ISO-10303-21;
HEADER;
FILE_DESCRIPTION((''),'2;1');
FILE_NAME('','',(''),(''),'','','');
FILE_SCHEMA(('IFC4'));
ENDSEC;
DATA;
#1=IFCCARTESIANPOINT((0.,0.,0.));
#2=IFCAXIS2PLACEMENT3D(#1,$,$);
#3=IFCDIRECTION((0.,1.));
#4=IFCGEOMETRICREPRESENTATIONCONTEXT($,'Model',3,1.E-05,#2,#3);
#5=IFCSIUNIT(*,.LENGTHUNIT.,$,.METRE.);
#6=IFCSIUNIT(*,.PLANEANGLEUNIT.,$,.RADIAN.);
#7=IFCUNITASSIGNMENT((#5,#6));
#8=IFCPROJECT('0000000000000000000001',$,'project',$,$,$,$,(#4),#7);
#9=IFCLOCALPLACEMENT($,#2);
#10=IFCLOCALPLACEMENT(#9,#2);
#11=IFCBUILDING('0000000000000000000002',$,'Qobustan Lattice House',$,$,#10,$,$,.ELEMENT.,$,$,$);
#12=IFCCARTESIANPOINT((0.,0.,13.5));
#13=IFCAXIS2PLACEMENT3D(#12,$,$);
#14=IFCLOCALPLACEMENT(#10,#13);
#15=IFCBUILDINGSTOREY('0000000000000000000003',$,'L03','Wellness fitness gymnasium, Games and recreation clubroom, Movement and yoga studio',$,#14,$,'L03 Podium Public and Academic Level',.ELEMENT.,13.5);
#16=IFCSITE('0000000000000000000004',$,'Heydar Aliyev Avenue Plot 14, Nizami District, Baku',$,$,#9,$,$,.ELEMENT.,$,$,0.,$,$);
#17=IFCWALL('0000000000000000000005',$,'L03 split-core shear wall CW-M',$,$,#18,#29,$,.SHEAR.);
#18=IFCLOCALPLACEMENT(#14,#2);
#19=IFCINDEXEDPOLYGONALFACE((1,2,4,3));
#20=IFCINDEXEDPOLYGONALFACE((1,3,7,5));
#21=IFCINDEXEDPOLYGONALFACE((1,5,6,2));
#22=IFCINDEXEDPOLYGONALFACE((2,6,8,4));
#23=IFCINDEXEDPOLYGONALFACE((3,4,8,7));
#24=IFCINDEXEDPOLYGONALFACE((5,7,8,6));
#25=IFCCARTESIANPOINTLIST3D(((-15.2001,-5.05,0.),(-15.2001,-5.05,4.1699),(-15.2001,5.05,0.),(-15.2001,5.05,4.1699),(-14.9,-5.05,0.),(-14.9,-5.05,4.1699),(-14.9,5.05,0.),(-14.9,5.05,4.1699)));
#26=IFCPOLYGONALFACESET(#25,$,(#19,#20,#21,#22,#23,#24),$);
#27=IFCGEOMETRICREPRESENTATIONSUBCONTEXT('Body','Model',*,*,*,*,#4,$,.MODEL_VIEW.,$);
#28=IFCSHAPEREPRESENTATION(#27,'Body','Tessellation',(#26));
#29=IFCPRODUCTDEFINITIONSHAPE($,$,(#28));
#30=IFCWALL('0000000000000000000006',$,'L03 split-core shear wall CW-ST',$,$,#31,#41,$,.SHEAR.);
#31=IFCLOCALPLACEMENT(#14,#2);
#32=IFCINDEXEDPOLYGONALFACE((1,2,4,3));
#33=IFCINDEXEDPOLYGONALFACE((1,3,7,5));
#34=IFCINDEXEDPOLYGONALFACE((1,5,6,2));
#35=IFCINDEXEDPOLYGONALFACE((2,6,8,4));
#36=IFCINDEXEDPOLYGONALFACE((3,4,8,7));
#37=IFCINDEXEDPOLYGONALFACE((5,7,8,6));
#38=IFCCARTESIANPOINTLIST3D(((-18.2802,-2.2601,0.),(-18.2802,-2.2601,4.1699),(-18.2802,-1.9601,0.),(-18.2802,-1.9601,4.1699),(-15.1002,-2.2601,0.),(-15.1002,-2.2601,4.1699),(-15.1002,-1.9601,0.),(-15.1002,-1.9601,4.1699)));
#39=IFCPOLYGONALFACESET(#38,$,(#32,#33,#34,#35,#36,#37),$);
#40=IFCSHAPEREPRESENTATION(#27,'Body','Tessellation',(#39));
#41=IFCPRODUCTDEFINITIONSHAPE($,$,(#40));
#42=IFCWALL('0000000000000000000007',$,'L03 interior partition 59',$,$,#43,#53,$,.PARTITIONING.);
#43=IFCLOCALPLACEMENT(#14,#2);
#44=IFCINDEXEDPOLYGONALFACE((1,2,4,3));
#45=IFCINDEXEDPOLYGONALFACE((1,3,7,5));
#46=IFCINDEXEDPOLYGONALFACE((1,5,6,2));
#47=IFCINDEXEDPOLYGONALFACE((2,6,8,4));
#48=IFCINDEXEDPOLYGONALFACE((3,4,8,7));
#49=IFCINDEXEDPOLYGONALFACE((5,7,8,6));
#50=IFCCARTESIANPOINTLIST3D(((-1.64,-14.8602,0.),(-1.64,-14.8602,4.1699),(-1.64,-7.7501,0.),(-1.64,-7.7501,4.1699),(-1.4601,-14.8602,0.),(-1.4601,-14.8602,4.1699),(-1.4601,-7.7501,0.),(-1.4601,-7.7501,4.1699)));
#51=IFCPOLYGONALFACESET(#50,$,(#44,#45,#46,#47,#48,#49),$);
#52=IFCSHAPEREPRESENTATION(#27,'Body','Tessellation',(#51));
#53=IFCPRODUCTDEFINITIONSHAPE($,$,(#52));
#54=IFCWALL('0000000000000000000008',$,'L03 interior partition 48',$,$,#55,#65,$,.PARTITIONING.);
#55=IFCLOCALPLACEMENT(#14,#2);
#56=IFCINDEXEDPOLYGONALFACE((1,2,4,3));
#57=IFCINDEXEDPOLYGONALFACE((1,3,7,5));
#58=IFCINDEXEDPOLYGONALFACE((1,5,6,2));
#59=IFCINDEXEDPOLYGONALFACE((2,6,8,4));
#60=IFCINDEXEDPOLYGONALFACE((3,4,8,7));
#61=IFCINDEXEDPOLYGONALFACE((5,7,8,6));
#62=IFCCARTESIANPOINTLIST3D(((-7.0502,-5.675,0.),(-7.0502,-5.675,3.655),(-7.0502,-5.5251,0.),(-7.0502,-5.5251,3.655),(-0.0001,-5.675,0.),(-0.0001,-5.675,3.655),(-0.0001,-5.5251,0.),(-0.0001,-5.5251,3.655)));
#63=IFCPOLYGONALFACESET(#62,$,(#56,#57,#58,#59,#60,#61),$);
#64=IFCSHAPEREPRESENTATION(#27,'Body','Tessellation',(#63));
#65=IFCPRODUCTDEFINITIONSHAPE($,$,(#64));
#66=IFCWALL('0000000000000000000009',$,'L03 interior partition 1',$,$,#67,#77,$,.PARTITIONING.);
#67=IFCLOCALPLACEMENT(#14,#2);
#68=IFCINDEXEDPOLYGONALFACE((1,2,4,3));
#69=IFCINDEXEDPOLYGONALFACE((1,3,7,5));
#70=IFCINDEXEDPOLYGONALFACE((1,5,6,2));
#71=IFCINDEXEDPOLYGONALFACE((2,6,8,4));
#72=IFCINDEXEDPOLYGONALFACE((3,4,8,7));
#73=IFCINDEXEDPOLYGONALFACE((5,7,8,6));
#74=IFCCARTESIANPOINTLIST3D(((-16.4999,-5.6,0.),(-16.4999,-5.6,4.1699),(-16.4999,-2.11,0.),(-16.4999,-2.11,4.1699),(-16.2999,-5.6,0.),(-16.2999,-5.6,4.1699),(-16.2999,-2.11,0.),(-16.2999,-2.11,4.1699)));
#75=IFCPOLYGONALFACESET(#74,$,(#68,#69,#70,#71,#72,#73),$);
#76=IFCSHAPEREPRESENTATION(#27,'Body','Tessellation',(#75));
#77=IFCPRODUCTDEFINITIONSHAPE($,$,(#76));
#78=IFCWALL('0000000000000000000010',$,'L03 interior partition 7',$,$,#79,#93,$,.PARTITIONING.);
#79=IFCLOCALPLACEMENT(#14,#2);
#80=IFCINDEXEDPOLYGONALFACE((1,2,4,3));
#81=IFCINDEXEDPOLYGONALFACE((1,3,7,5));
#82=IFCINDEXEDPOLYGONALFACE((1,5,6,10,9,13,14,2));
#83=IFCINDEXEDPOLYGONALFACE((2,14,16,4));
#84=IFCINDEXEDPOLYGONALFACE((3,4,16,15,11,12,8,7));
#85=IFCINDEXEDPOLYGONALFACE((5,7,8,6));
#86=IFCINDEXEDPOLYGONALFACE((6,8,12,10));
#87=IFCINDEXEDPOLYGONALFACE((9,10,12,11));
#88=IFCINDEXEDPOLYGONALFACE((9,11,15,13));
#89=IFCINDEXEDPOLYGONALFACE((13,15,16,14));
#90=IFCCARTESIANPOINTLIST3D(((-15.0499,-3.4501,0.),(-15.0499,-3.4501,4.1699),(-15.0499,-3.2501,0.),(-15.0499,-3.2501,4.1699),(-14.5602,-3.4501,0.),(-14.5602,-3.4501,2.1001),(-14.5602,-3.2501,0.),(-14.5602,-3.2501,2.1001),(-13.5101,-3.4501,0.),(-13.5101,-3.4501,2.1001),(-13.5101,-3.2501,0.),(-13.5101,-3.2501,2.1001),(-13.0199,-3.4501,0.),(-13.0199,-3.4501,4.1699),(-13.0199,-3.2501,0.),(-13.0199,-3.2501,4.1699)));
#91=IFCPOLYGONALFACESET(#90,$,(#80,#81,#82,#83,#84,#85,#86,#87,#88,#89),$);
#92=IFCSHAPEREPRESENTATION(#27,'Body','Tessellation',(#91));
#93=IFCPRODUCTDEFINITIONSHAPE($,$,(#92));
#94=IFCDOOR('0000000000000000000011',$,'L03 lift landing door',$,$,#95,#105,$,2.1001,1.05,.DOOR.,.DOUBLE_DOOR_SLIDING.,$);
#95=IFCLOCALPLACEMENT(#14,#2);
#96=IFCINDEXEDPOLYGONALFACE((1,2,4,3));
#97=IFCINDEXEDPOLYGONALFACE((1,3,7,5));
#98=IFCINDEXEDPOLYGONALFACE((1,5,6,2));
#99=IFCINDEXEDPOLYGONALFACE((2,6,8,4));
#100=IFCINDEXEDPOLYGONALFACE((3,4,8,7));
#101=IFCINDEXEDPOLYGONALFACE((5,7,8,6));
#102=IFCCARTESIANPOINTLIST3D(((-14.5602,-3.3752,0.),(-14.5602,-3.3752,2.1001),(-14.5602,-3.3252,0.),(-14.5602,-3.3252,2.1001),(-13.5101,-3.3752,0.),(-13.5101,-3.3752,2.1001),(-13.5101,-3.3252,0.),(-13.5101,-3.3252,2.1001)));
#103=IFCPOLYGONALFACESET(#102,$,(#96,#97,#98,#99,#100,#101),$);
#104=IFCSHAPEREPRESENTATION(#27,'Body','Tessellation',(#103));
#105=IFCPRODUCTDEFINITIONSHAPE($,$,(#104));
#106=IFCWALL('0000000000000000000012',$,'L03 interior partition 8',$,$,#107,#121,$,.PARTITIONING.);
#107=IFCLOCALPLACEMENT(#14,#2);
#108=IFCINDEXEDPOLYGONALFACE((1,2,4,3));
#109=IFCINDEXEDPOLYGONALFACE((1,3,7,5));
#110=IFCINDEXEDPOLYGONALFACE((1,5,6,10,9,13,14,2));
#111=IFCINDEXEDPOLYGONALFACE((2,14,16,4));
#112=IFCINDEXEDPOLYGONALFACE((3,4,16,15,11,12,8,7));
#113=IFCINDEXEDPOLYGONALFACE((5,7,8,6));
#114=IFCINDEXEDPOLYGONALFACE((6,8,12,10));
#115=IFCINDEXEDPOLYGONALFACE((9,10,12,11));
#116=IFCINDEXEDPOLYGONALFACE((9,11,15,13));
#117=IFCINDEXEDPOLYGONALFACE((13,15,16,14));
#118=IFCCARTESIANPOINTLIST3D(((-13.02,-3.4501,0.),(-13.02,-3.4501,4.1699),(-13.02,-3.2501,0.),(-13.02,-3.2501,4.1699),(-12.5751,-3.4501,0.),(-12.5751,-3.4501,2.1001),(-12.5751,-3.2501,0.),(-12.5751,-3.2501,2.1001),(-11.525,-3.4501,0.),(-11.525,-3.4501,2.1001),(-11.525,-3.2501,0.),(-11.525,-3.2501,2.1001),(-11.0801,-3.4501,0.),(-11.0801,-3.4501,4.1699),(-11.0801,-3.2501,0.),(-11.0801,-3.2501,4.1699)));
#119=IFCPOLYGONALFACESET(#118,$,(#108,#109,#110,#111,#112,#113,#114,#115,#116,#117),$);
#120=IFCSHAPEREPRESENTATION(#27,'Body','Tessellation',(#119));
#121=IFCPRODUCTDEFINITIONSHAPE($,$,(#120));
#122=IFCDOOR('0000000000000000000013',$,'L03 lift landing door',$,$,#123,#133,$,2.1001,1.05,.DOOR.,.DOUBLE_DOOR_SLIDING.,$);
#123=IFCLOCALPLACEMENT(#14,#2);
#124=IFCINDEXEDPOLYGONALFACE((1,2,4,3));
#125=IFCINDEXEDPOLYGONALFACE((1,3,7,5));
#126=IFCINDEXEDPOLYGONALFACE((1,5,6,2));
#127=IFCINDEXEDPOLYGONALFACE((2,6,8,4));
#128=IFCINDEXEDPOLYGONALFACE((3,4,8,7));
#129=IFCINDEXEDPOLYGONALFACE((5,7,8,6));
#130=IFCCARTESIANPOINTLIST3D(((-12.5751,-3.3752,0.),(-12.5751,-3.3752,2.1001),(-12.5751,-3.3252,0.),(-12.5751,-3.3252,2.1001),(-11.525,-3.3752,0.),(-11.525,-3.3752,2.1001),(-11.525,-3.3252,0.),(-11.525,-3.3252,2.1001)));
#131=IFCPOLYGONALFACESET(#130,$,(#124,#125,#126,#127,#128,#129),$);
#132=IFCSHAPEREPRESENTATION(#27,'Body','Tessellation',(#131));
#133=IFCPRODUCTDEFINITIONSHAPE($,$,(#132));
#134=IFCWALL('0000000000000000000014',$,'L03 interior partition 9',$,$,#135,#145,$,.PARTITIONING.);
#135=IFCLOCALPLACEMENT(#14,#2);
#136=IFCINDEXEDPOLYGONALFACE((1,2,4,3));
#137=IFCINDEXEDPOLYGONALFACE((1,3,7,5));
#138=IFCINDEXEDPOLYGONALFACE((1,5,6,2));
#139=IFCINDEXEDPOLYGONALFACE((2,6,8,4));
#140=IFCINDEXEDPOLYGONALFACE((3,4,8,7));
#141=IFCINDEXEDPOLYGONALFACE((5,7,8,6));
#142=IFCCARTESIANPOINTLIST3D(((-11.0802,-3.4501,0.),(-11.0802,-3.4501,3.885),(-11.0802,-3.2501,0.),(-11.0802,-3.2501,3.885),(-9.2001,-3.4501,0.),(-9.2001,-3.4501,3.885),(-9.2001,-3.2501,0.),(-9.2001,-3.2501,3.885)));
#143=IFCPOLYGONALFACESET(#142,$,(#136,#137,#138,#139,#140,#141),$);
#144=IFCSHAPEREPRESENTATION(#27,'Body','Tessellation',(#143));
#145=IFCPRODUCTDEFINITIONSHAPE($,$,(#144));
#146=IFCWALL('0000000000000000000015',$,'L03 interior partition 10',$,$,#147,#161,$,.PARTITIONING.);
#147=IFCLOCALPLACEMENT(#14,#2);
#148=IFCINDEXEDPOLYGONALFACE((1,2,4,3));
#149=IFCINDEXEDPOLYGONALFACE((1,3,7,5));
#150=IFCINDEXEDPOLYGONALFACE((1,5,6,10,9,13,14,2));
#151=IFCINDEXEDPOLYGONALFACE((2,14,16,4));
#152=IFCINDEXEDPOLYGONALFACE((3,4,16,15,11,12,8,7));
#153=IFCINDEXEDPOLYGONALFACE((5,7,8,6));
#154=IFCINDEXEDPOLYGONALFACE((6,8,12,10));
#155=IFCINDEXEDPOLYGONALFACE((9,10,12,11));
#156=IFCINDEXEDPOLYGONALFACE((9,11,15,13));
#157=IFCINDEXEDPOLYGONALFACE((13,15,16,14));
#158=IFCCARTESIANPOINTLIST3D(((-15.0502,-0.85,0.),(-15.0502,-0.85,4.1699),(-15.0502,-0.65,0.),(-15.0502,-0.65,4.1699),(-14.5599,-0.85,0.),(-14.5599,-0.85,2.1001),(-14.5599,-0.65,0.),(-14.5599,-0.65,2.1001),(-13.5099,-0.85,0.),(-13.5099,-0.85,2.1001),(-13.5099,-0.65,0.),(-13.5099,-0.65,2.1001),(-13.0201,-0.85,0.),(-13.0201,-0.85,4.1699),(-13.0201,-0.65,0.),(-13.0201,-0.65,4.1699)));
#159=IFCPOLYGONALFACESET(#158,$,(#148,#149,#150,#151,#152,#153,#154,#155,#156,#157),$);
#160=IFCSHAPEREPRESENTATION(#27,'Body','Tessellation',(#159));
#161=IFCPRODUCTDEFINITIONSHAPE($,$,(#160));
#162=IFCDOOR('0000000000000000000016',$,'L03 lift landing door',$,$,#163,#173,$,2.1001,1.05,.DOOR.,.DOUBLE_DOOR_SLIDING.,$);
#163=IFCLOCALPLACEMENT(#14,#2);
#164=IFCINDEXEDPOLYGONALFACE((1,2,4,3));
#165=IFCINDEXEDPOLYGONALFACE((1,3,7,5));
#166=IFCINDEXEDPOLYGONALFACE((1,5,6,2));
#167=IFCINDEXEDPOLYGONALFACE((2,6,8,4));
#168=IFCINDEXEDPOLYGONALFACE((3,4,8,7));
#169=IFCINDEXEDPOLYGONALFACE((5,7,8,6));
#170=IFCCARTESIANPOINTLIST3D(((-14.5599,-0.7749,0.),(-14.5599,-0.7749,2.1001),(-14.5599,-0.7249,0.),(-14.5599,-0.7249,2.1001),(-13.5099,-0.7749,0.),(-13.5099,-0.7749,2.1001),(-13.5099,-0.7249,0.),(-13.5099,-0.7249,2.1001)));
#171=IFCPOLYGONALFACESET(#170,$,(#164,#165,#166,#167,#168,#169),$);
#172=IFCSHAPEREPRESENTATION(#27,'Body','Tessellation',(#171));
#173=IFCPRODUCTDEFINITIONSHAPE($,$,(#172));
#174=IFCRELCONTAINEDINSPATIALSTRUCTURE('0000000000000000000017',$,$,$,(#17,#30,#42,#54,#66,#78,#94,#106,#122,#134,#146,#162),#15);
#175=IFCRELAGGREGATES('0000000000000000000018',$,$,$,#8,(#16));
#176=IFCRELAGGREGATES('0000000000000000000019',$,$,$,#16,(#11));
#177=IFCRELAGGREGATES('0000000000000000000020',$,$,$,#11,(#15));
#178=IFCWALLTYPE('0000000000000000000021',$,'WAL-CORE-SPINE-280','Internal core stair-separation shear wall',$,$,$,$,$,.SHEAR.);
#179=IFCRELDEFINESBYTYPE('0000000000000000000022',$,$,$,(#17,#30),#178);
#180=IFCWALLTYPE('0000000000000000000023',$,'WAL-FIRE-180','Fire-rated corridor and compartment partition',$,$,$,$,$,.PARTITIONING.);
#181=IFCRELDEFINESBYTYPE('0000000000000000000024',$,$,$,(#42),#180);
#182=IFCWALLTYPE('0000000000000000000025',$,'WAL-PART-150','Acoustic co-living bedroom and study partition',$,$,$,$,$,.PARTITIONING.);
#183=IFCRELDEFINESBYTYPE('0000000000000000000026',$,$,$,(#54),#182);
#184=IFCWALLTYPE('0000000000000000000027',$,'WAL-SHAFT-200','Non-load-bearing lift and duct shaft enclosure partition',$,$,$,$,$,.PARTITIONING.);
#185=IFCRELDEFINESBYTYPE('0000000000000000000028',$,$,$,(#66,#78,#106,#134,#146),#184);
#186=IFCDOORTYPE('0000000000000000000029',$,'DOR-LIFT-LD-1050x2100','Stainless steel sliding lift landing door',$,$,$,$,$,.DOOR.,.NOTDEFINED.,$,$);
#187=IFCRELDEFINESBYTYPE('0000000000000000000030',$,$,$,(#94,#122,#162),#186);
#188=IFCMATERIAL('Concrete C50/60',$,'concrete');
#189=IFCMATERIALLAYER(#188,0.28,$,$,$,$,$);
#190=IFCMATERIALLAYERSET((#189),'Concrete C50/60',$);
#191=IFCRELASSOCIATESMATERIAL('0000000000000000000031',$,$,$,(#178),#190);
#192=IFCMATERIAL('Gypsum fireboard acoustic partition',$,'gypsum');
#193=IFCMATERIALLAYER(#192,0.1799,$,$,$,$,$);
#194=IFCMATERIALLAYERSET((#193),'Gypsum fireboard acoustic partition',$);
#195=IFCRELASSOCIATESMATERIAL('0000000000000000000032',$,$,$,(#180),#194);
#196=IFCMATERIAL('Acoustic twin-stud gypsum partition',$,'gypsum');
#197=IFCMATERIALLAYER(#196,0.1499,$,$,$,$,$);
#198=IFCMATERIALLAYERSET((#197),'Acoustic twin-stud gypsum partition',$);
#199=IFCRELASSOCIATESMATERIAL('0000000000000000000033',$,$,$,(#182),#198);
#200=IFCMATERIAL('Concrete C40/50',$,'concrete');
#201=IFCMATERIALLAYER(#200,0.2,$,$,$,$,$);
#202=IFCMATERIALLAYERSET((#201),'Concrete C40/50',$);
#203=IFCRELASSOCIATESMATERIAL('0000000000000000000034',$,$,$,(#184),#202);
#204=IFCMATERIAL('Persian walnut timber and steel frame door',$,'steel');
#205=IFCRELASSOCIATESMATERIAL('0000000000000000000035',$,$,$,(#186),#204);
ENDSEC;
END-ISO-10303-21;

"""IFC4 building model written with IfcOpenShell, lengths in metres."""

from ifc_helpers import new_model, si_unit, direction, frame, frame_2d, origin, place, context, subcontext, project, spatial, rectangle, extrude, material, layer, layer_set, type_object, element, fill, save


model = new_model("IFC4")

# Units and contexts
model_context = context("Model", 3, precision=1e-05, world=origin(), true_north=direction((0.0, 1.0)))
body_context = subcontext(model_context, "Body", "Model", "MODEL_VIEW")
ifc_project = project(units=[si_unit("LENGTHUNIT", "METRE"), si_unit("PLANEANGLEUNIT", "RADIAN")], contexts=[model_context])

# Site, building, storey
site_placement = place(None, origin())
site = spatial("IfcSite", under=ifc_project, at=site_placement, Name="Heydar Aliyev Avenue Plot 14, Nizami District, Baku", CompositionType="ELEMENT", RefElevation=0.0)
building_placement = place(site_placement, origin())
building = spatial("IfcBuilding", under=site, at=building_placement, Name="Qobustan Lattice House", CompositionType="ELEMENT")
storey_placement = place(building_placement, frame((0.0, 0.0, 13.5)))
storey = spatial("IfcBuildingStorey", under=building, at=storey_placement, Name="L03", Description="Wellness fitness gymnasium, Games and recreation clubroom, Movement and yoga studio", LongName="L03 Podium Public and Academic Level", CompositionType="ELEMENT", Elevation=13.5)

# Walls
ifc_material_1 = material(Name="Concrete C50/60", Category="concrete")
ifc_layer_1 = layer(ifc_material_1, 0.28)
ifc_layer_set_1 = layer_set([ifc_layer_1], Name="Concrete C50/60")
wall_type_1 = type_object("IfcWallType", Name="WAL-CORE-SPINE-280", Description="Internal core stair-separation shear wall", PredefinedType="SHEAR", material=ifc_layer_set_1)
wall_1_placement = place(storey_placement, frame((-15.05, -5.05, 0.0), z_axis=(0.0, 0.0, 1.0), x_axis=(0.0, 1.0, 0.0)))
element("IfcWall", 1, at=wall_1_placement, inside=storey, type_object=wall_type_1, Name="L03 split-core shear wall CW-M", PredefinedType="SHEAR", context=body_context, shape_type="SweptSolid", body=[
    extrude(rectangle(XDim=10.1001, YDim=0.3, at=frame_2d((5.05, 0.0))), origin(), (0.0, 0.0, 1.0), 4.1699),
])
wall_2_placement = place(storey_placement, frame((-18.28, -2.1101, 0.0), z_axis=(0.0, 0.0, 1.0), x_axis=(1.0, 0.0, 0.0)))
element("IfcWall", 2, at=wall_2_placement, inside=storey, type_object=wall_type_1, Name="L03 split-core shear wall CW-ST", PredefinedType="SHEAR", context=body_context, shape_type="SweptSolid", body=[
    extrude(rectangle(XDim=3.1799, YDim=0.3, at=frame_2d((1.5898, 0.0))), origin(), (0.0, 0.0, 1.0), 4.1699),
])
ifc_material_2 = material(Name="Gypsum fireboard acoustic partition", Category="gypsum")
ifc_layer_2 = layer(ifc_material_2, 0.1799)
ifc_layer_set_2 = layer_set([ifc_layer_2], Name="Gypsum fireboard acoustic partition")
wall_type_2 = type_object("IfcWallType", Name="WAL-FIRE-180", Description="Fire-rated corridor and compartment partition", PredefinedType="PARTITIONING", material=ifc_layer_set_2)
wall_3_placement = place(storey_placement, frame((-1.55, -7.75, 0.0), z_axis=(0.0, 0.0, 1.0), x_axis=(0.0, -1.0, 0.0)))
element("IfcWall", 3, at=wall_3_placement, inside=storey, type_object=wall_type_2, Name="L03 interior partition 59", PredefinedType="PARTITIONING", context=body_context, shape_type="SweptSolid", body=[
    extrude(rectangle(XDim=7.1101, YDim=0.1799, at=frame_2d((3.5552, 0.0))), origin(), (0.0, 0.0, 1.0), 4.1699),
])
ifc_material_3 = material(Name="Acoustic twin-stud gypsum partition", Category="gypsum")
ifc_layer_3 = layer(ifc_material_3, 0.1499)
ifc_layer_set_3 = layer_set([ifc_layer_3], Name="Acoustic twin-stud gypsum partition")
wall_type_3 = type_object("IfcWallType", Name="WAL-PART-150", Description="Acoustic co-living bedroom and study partition", PredefinedType="PARTITIONING", material=ifc_layer_set_3)
wall_4_placement = place(storey_placement, frame((-7.05, -5.6001, 0.0), z_axis=(0.0, 0.0, 1.0), x_axis=(1.0, 0.0, 0.0)))
element("IfcWall", 4, at=wall_4_placement, inside=storey, type_object=wall_type_3, Name="L03 interior partition 48", PredefinedType="PARTITIONING", context=body_context, shape_type="SweptSolid", body=[
    extrude(rectangle(XDim=7.05, YDim=0.1499, at=frame_2d((3.5249, 0.0))), origin(), (0.0, 0.0, 1.0), 3.655),
])
ifc_material_4 = material(Name="Concrete C40/50", Category="concrete")
ifc_layer_4 = layer(ifc_material_4, 0.2)
ifc_layer_set_4 = layer_set([ifc_layer_4], Name="Concrete C40/50")
wall_type_4 = type_object("IfcWallType", Name="WAL-SHAFT-200", Description="Non-load-bearing lift and duct shaft enclosure partition", PredefinedType="PARTITIONING", material=ifc_layer_set_4)
wall_5_placement = place(storey_placement, frame((-16.3999, -5.6001, 0.0), z_axis=(0.0, 0.0, 1.0), x_axis=(0.0, 1.0, 0.0)))
element("IfcWall", 5, at=wall_5_placement, inside=storey, type_object=wall_type_4, Name="L03 interior partition 1", PredefinedType="PARTITIONING", context=body_context, shape_type="SweptSolid", body=[
    extrude(rectangle(XDim=3.49, YDim=0.2, at=frame_2d((1.7451, 0.0))), origin(), (0.0, 0.0, 1.0), 4.1699),
])

# Walls, openings, doors
wall_6_placement = place(storey_placement, frame((-15.05, -3.3501, 0.0), z_axis=(0.0, 0.0, 1.0), x_axis=(1.0, 0.0, 0.0)))
wall_6 = element("IfcWall", 6, at=wall_6_placement, inside=storey, type_object=wall_type_4, Name="L03 interior partition 7", PredefinedType="PARTITIONING", context=body_context, shape_type="SweptSolid", body=[
    extrude(rectangle(XDim=2.03, YDim=0.2, at=frame_2d((1.0151, 0.0))), origin(), (0.0, 0.0, 1.0), 4.1699),
])
opening_1_placement = place(wall_6_placement, frame((0.49, 0.0, 0.0)))
opening_1 = element("IfcOpeningElement", 7, at=opening_1_placement, cuts=wall_6, PredefinedType="OPENING", context=body_context, shape_type="SweptSolid", body=[
    extrude(rectangle(XDim=1.05, YDim=2.1001, at=frame_2d((0.5249, 1.05))), frame((0.0, 0.1099, 0.0), z_axis=(0.0, -1.0, 0.0), x_axis=(1.0, 0.0, 0.0)), (0.0, 0.0, 1.0), 0.22),
])
ifc_material_5 = material(Name="Persian walnut timber and steel frame door", Category="steel")
door_type_1 = type_object("IfcDoorType", Name="DOR-LIFT-LD-1050x2100", Description="Stainless steel sliding lift landing door", OperationType="NOTDEFINED", PredefinedType="DOOR", material=ifc_material_5)
door_1_placement = place(opening_1_placement, origin())
door_1 = element("IfcDoor", 8, at=door_1_placement, inside=storey, type_object=door_type_1, Name="L03 lift landing door", OperationType="DOUBLE_DOOR_SLIDING", OverallHeight=2.1001, OverallWidth=1.05, PredefinedType="DOOR", context=body_context, shape_type="SweptSolid", body=[
    extrude(rectangle(XDim=1.05, YDim=2.1001, at=frame_2d((0.5249, 1.05))), frame((0.0, 0.0249, 0.0), z_axis=(0.0, -1.0, 0.0), x_axis=(1.0, 0.0, 0.0)), (0.0, 0.0, 1.0), 0.05),
])
fill(opening_1, door_1)
wall_7_placement = place(storey_placement, frame((-13.02, -3.3501, 0.0), z_axis=(0.0, 0.0, 1.0), x_axis=(1.0, 0.0, 0.0)))
wall_7 = element("IfcWall", 9, at=wall_7_placement, inside=storey, type_object=wall_type_4, Name="L03 interior partition 8", PredefinedType="PARTITIONING", context=body_context, shape_type="SweptSolid", body=[
    extrude(rectangle(XDim=1.9399, YDim=0.2, at=frame_2d((0.97, 0.0))), origin(), (0.0, 0.0, 1.0), 4.1699),
])
opening_2_placement = place(wall_7_placement, frame((0.4451, 0.0, 0.0)))
opening_2 = element("IfcOpeningElement", 10, at=opening_2_placement, cuts=wall_7, PredefinedType="OPENING", context=body_context, shape_type="SweptSolid", body=[
    extrude(rectangle(XDim=1.05, YDim=2.1001, at=frame_2d((0.5249, 1.05))), frame((0.0, 0.1099, 0.0), z_axis=(0.0, -1.0, 0.0), x_axis=(1.0, 0.0, 0.0)), (0.0, 0.0, 1.0), 0.22),
])
door_2_placement = place(opening_2_placement, origin())
door_2 = element("IfcDoor", 11, at=door_2_placement, inside=storey, type_object=door_type_1, Name="L03 lift landing door", OperationType="DOUBLE_DOOR_SLIDING", OverallHeight=2.1001, OverallWidth=1.05, PredefinedType="DOOR", context=body_context, shape_type="SweptSolid", body=[
    extrude(rectangle(XDim=1.05, YDim=2.1001, at=frame_2d((0.5249, 1.05))), frame((0.0, 0.0249, 0.0), z_axis=(0.0, -1.0, 0.0), x_axis=(1.0, 0.0, 0.0)), (0.0, 0.0, 1.0), 0.05),
])
fill(opening_2, door_2)

# Wall
wall_8_placement = place(storey_placement, frame((-11.0801, -3.3501, 0.0), z_axis=(0.0, 0.0, 1.0), x_axis=(1.0, 0.0, 0.0)))
element("IfcWall", 12, at=wall_8_placement, inside=storey, type_object=wall_type_4, Name="L03 interior partition 9", PredefinedType="PARTITIONING", context=body_context, shape_type="SweptSolid", body=[
    extrude(rectangle(XDim=1.8801, YDim=0.2, at=frame_2d((0.9399, 0.0))), origin(), (0.0, 0.0, 1.0), 3.885),
])

# Wall, opening, door
wall_9_placement = place(storey_placement, frame((-13.02, -0.75, 0.0), z_axis=(0.0, 0.0, 1.0), x_axis=(-1.0, 0.0, 0.0)))
wall_9 = element("IfcWall", 13, at=wall_9_placement, inside=storey, type_object=wall_type_4, Name="L03 interior partition 10", PredefinedType="PARTITIONING", context=body_context, shape_type="SweptSolid", body=[
    extrude(rectangle(XDim=2.03, YDim=0.2, at=frame_2d((1.0151, 0.0))), origin(), (0.0, 0.0, 1.0), 4.1699),
])
opening_3_placement = place(wall_9_placement, frame((0.49, 0.0, 0.0)))
opening_3 = element("IfcOpeningElement", 14, at=opening_3_placement, cuts=wall_9, PredefinedType="OPENING", context=body_context, shape_type="SweptSolid", body=[
    extrude(rectangle(XDim=1.05, YDim=2.1001, at=frame_2d((0.5249, 1.05))), frame((0.0, 0.1099, 0.0), z_axis=(0.0, -1.0, 0.0), x_axis=(1.0, 0.0, 0.0)), (0.0, 0.0, 1.0), 0.22),
])
door_3_placement = place(opening_3_placement, origin())
door_3 = element("IfcDoor", 15, at=door_3_placement, inside=storey, type_object=door_type_1, Name="L03 lift landing door", OperationType="DOUBLE_DOOR_SLIDING", OverallHeight=2.1001, OverallWidth=1.05, PredefinedType="DOOR", context=body_context, shape_type="SweptSolid", body=[
    extrude(rectangle(XDim=1.05, YDim=2.1001, at=frame_2d((0.5249, 1.05))), frame((0.0, 0.0249, 0.0), z_axis=(0.0, -1.0, 0.0), x_axis=(1.0, 0.0, 0.0)), (0.0, 0.0, 1.0), 0.05),
])
fill(opening_3, door_3)

save(model, "model.ifc")
